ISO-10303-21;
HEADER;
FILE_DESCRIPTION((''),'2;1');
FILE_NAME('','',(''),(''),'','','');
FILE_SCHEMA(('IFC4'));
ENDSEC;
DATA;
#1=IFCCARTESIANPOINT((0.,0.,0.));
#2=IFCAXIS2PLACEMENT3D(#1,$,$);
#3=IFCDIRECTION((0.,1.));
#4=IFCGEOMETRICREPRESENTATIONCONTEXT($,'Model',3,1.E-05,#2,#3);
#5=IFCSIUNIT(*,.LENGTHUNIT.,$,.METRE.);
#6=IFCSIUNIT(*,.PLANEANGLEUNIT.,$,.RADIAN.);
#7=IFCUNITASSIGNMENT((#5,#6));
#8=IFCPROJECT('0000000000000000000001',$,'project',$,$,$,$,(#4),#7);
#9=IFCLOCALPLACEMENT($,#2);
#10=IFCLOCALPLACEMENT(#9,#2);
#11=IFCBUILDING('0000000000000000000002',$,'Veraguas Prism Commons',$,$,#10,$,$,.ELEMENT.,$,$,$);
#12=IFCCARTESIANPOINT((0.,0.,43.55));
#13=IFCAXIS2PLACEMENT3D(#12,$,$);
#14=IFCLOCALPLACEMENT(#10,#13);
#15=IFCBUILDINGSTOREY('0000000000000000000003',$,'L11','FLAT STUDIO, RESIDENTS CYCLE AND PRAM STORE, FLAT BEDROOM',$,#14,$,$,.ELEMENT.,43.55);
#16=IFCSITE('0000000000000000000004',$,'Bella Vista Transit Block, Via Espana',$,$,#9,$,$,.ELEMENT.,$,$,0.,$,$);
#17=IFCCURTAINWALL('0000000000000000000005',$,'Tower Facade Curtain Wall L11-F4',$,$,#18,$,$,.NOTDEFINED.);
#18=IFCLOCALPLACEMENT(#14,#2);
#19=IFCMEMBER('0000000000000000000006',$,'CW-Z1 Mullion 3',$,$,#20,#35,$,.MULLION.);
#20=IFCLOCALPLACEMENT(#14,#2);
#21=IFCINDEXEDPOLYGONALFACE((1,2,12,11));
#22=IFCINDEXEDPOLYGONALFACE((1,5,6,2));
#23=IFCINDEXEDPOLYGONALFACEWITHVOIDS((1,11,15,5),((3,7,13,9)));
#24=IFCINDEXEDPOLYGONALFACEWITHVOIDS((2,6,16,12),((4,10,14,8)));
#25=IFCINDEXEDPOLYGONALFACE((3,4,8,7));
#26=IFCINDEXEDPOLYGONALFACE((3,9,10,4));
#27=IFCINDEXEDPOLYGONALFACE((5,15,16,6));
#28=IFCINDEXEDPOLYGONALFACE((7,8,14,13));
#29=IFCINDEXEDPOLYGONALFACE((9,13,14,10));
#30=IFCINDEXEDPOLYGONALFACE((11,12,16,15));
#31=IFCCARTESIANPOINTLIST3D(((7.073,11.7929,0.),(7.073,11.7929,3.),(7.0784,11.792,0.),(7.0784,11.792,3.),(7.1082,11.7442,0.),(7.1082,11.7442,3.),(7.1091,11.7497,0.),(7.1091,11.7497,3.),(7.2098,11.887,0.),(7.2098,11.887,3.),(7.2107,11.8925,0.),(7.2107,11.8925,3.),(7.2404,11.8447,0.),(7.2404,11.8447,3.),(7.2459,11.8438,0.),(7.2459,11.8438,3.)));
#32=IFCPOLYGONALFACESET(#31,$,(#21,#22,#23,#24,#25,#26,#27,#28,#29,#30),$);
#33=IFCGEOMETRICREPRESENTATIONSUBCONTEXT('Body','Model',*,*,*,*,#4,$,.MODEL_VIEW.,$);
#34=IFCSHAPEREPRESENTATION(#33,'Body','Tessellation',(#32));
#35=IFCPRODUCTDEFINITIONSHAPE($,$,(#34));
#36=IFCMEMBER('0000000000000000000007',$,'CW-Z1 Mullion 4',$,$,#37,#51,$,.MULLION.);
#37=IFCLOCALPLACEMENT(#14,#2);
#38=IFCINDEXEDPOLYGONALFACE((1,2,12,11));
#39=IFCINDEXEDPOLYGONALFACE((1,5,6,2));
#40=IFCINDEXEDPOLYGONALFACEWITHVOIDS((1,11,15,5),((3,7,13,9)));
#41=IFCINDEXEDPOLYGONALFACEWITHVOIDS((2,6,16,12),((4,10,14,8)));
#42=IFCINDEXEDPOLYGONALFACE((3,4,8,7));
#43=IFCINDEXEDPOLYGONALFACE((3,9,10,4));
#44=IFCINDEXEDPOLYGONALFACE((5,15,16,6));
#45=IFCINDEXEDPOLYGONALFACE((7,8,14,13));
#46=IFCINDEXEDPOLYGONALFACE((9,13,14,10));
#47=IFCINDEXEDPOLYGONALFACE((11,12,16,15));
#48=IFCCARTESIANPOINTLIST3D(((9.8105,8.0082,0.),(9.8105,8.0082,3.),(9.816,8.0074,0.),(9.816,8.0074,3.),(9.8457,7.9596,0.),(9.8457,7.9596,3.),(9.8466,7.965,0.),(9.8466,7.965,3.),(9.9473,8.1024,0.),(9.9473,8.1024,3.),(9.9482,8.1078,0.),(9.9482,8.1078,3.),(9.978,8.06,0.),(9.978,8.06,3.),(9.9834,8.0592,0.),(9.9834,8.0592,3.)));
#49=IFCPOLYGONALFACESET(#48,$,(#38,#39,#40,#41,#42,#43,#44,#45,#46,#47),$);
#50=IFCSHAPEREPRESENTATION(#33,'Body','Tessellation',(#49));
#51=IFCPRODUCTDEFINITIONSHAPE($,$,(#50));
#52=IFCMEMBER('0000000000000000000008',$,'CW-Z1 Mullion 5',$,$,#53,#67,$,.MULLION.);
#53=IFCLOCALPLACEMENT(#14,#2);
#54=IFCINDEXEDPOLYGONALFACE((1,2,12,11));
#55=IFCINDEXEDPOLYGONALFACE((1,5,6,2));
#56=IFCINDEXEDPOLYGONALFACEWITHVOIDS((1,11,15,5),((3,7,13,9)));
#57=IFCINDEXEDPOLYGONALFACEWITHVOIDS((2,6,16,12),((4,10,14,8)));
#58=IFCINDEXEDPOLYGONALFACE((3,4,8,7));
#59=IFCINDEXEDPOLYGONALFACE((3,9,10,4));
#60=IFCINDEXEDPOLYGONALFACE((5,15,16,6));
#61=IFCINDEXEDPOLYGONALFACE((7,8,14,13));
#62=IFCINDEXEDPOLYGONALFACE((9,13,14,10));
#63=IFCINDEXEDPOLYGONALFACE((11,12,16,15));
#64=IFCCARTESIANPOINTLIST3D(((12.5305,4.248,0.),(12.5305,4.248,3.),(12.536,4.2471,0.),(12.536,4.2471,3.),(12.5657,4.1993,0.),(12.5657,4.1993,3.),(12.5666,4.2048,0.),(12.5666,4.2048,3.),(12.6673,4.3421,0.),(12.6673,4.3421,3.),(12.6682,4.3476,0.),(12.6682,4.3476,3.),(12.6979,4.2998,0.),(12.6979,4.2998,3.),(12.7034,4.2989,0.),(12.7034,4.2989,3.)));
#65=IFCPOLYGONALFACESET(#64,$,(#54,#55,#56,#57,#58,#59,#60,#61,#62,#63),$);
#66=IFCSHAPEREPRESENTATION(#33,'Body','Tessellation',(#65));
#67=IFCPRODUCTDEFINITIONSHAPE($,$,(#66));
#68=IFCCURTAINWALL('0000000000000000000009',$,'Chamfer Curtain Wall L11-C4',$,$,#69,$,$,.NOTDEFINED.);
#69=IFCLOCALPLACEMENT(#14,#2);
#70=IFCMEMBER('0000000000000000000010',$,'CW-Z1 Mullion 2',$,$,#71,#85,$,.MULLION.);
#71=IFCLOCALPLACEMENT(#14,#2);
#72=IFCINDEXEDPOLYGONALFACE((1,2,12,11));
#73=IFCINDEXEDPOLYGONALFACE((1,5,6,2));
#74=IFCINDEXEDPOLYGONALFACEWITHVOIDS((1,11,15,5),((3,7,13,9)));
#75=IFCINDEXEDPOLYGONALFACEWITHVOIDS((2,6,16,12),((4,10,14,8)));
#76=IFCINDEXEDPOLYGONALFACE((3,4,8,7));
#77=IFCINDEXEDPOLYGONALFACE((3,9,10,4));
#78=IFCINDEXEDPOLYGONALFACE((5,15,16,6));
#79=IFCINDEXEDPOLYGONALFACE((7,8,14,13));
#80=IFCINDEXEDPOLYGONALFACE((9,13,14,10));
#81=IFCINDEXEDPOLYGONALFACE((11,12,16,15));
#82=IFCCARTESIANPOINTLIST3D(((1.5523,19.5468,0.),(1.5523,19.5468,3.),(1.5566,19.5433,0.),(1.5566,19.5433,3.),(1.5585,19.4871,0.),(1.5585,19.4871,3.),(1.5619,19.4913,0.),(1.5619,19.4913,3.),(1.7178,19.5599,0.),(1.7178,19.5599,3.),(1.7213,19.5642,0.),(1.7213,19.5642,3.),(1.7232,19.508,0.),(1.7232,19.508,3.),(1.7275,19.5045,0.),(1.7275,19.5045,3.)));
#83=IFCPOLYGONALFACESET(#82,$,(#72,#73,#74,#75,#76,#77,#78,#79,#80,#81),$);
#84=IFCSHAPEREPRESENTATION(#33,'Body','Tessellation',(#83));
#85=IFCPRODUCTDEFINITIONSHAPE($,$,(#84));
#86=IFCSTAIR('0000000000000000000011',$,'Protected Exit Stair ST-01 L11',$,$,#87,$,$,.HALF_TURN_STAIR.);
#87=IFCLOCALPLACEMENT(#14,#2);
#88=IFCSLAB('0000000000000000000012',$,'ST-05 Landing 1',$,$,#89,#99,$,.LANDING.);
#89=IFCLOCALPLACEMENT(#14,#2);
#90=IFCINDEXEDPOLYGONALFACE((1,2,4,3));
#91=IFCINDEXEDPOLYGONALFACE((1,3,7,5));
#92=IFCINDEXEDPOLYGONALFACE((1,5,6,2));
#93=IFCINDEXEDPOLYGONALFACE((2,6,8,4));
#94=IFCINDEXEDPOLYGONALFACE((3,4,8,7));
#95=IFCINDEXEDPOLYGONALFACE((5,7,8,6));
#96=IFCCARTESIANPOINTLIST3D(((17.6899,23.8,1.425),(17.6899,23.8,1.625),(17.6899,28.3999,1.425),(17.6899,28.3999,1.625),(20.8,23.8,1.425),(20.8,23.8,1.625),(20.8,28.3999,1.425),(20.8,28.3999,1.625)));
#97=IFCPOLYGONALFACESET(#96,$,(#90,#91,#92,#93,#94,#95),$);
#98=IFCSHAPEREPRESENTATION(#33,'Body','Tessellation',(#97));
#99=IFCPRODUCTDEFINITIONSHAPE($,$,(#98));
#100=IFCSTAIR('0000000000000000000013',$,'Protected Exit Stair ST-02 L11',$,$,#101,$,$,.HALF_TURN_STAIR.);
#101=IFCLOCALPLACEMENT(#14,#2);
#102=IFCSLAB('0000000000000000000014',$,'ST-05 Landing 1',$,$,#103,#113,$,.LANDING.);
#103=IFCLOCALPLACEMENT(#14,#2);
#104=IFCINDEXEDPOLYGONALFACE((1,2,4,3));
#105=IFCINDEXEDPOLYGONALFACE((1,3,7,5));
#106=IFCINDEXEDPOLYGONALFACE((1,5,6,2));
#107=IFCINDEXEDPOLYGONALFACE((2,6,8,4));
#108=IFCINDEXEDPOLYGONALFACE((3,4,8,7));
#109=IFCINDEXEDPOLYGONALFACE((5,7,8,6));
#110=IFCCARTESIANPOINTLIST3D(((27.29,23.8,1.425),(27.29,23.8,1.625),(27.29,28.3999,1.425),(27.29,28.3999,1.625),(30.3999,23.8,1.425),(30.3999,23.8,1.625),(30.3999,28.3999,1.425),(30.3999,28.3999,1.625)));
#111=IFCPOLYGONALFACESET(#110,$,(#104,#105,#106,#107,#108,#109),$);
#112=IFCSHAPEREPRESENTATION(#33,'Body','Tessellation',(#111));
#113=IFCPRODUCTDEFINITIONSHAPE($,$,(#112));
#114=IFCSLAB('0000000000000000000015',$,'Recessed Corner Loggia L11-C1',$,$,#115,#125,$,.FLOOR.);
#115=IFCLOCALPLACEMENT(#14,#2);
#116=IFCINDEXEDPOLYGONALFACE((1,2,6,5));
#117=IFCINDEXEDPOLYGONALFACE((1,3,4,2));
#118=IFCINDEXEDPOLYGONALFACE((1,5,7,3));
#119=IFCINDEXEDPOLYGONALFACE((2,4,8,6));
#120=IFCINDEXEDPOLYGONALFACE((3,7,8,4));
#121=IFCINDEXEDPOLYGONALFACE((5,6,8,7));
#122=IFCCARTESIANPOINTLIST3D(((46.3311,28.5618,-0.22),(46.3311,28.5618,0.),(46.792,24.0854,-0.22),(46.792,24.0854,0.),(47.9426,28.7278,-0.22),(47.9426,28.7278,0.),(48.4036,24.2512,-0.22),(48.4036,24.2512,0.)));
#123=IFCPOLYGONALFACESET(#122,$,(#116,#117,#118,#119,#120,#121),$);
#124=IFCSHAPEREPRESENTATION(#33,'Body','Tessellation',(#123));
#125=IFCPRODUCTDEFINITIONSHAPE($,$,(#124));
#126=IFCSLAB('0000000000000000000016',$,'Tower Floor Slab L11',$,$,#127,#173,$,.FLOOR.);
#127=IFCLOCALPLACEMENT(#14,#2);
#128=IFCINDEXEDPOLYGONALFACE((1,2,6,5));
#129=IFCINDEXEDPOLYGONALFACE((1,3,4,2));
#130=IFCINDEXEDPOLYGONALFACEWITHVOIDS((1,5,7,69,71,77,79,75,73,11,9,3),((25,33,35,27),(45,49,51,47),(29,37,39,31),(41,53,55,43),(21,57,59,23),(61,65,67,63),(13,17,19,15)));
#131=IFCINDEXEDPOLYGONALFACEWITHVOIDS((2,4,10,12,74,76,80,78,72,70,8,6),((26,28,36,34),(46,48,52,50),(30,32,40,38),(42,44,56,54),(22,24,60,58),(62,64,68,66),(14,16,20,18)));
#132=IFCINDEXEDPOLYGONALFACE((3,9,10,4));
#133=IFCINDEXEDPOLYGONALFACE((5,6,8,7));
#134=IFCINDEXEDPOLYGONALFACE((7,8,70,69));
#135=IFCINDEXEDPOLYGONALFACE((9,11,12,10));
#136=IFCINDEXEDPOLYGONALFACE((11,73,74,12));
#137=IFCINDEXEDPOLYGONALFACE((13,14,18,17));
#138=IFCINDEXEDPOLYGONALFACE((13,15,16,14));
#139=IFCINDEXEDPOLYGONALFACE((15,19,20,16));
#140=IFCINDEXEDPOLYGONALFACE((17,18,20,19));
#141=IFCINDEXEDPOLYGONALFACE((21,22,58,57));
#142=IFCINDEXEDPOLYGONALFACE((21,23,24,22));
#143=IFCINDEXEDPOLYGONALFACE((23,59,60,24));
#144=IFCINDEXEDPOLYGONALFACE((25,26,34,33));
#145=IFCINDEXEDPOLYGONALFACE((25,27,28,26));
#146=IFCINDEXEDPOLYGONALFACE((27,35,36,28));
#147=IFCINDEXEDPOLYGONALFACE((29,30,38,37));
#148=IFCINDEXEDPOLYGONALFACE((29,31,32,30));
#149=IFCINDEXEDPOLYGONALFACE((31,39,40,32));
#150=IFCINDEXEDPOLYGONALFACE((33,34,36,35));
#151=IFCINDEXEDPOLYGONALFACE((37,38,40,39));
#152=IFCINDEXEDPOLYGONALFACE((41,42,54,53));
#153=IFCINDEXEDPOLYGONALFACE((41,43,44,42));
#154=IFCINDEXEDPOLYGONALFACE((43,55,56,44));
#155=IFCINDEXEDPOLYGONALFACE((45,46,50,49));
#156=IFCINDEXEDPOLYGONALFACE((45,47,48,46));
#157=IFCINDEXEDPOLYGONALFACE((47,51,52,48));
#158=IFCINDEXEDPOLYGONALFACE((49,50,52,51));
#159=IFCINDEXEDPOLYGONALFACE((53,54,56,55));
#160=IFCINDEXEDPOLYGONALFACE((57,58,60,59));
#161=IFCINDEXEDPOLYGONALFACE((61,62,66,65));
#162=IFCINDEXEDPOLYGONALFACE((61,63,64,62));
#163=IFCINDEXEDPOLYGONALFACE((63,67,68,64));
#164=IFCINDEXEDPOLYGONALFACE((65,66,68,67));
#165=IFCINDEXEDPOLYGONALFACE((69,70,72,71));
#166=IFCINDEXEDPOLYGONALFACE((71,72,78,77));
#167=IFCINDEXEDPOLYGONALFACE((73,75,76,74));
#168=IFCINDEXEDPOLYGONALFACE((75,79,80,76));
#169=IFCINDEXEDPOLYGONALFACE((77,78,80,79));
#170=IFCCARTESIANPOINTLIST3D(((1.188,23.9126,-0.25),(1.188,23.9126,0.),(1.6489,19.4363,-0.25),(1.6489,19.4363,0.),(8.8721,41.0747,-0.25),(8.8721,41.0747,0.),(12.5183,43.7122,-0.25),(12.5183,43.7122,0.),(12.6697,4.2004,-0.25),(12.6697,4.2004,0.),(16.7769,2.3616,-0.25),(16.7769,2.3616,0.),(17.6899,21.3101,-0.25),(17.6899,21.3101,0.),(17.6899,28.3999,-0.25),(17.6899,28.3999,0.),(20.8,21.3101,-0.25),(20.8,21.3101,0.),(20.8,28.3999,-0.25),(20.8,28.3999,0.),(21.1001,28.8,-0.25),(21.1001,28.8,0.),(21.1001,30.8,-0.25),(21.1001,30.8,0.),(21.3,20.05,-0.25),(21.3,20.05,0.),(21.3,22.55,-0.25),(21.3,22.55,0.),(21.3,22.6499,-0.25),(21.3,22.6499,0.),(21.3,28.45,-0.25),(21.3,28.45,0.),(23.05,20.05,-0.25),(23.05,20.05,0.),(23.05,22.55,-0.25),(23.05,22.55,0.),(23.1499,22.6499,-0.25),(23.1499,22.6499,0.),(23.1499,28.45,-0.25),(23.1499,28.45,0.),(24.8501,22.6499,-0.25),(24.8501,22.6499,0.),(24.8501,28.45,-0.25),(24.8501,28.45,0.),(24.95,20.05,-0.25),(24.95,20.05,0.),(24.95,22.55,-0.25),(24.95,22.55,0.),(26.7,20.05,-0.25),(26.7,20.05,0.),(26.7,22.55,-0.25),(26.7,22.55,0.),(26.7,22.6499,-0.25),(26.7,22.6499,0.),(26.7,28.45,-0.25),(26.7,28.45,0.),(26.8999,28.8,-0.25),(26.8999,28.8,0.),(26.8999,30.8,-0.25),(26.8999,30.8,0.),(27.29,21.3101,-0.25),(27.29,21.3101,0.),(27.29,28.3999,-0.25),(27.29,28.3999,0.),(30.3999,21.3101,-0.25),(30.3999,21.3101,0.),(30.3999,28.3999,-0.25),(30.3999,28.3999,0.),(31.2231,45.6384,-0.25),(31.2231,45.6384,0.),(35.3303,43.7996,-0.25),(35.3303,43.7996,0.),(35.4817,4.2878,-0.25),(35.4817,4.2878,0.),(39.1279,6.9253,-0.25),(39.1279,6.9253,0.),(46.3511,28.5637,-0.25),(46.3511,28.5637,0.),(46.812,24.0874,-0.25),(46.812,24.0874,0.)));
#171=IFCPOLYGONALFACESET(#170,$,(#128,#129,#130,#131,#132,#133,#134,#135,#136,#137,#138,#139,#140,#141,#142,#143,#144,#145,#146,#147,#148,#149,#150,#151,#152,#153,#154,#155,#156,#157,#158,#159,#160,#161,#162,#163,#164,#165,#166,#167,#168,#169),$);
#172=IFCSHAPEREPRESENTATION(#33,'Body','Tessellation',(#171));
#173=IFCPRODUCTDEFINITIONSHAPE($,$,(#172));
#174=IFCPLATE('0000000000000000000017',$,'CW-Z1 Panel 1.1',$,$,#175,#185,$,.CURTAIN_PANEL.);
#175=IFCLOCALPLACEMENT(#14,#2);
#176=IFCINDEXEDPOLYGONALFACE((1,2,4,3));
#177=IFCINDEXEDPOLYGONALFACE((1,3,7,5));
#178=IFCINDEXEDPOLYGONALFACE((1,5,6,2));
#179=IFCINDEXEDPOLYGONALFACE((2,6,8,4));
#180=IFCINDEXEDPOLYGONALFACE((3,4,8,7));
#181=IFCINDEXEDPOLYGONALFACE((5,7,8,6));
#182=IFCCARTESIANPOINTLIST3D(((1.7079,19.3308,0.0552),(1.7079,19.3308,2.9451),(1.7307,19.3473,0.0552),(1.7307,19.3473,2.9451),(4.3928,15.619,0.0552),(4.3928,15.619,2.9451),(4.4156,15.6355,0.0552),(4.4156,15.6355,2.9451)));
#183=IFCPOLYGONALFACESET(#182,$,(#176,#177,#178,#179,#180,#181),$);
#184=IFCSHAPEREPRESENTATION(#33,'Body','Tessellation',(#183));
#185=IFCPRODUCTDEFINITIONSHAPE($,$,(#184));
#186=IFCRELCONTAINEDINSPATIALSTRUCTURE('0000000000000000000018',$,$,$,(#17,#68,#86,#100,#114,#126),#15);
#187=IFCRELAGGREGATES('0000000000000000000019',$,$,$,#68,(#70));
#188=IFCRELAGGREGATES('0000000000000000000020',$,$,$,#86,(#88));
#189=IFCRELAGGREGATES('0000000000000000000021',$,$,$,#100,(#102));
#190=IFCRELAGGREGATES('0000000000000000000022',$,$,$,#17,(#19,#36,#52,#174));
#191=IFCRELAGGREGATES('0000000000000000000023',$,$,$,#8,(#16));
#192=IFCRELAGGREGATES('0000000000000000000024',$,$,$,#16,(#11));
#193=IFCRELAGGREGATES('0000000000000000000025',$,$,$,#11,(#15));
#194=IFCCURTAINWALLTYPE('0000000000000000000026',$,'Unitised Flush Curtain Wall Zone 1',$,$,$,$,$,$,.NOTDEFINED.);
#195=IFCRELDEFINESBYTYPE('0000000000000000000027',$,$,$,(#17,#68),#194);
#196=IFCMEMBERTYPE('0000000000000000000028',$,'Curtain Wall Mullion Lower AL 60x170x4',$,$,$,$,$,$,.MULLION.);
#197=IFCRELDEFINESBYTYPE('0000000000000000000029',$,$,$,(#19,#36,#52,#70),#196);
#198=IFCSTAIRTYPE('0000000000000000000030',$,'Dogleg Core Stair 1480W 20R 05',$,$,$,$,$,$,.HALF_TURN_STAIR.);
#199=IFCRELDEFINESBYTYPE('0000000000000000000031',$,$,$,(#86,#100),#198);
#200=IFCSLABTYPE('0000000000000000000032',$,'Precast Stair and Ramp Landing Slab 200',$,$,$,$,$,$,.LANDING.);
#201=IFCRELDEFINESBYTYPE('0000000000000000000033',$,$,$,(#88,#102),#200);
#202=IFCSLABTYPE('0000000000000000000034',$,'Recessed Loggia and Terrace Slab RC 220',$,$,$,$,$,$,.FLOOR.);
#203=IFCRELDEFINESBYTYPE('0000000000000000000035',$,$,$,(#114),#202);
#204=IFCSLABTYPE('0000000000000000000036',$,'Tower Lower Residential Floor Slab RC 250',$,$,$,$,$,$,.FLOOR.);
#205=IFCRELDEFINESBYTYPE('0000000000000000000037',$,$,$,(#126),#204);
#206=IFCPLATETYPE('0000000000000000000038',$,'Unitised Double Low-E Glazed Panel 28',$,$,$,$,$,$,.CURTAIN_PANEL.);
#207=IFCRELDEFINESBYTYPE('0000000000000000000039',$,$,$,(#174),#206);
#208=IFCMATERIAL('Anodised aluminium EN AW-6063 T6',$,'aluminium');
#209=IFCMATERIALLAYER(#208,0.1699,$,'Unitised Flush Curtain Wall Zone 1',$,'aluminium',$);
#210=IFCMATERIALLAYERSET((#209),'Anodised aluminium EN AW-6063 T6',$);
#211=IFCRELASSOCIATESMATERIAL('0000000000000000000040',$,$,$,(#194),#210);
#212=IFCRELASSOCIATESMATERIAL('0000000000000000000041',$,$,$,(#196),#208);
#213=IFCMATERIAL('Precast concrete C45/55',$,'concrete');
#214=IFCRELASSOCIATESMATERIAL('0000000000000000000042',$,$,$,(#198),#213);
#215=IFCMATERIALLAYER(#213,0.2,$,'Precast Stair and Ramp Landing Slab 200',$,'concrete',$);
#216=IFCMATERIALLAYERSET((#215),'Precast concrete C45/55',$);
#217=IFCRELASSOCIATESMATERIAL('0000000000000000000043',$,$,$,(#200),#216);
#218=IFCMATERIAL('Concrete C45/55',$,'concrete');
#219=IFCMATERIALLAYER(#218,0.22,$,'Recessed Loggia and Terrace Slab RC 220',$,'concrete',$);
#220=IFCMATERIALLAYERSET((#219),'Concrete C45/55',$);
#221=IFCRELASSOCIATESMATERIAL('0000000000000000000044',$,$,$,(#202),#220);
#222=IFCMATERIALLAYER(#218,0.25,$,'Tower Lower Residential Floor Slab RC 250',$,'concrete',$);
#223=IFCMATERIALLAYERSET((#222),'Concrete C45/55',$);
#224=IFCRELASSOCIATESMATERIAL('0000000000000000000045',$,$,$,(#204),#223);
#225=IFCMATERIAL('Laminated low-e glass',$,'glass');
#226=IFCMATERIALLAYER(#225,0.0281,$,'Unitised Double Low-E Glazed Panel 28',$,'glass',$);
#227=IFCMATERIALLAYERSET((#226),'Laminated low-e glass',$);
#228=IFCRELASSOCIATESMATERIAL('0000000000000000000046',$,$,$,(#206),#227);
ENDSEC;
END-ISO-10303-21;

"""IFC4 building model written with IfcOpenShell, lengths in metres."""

from ifc_helpers import new_model, si_unit, direction, frame, origin, origin_2d, place, context, subcontext, project, spatial, polyline, rectangle, hollow_rectangle, outline, extrude, source, transform, mapped, material, layer, layer_set, material_profile, profile_set, type_object, element, aggregate, save


model = new_model("IFC4")

# Units and contexts
model_context = context("Model", 3, precision=1e-05, world=origin(), true_north=direction((0.0, 1.0)))
body_context = subcontext(model_context, "Body", "Model", "MODEL_VIEW")
ifc_project = project(units=[si_unit("LENGTHUNIT", "METRE"), si_unit("PLANEANGLEUNIT", "RADIAN")], contexts=[model_context])

# Site, building, storey
site_placement = place(None, origin())
site = spatial("IfcSite", under=ifc_project, at=site_placement, Name="Bella Vista Transit Block, Via Espana", CompositionType="ELEMENT", RefElevation=0.0)
building_placement = place(site_placement, origin())
building = spatial("IfcBuilding", under=site, at=building_placement, Name="Veraguas Prism Commons", CompositionType="ELEMENT")
storey_placement = place(building_placement, frame((0.0, 0.0, 43.55)))
storey = spatial("IfcBuildingStorey", under=building, at=storey_placement, Name="L11", Description="FLAT STUDIO, RESIDENTS CYCLE AND PRAM STORE, FLAT BEDROOM", CompositionType="ELEMENT", Elevation=43.55)

# Curtain wall, members
ifc_material_1 = material(Name="Anodised aluminium EN AW-6063 T6", Category="aluminium")
ifc_layer_1 = layer(ifc_material_1, 0.1699, Name="Unitised Flush Curtain Wall Zone 1", Category="aluminium")
ifc_layer_set_1 = layer_set([ifc_layer_1], Name="Anodised aluminium EN AW-6063 T6")
curtain_wall_type = type_object("IfcCurtainWallType", Name="Unitised Flush Curtain Wall Zone 1", PredefinedType="NOTDEFINED", material=ifc_layer_set_1)
curtain_wall_1_placement = place(storey_placement, origin())
curtain_wall_1 = element("IfcCurtainWall", 1, at=curtain_wall_1_placement, inside=storey, type_object=curtain_wall_type, Name="Tower Facade Curtain Wall L11-F4", PredefinedType="NOTDEFINED")
ifc_material_profile_1 = material_profile(ifc_material_1, hollow_rectangle(XDim=0.0601, YDim=0.1699, WallThickness=0.0039, at=origin_2d()), Name="AL60X170X4")
ifc_profile_set_1 = profile_set([ifc_material_profile_1], Name="Anodised aluminium EN AW-6063 T6")
member_type_1 = type_object("IfcMemberType", Name="Curtain Wall Mullion Lower AL 60x170x4", PredefinedType="MULLION", material=ifc_profile_set_1)
shared_shape_1 = source(origin(), body_context, "Body", "SweptSolid", [
    extrude(hollow_rectangle(XDim=0.0601, YDim=0.1699, WallThickness=0.0039, at=origin_2d()), origin(), (0.0, 0.0, 1.0), 3.0),
])
member_1_placement = place(storey_placement, frame((7.1594, 11.8184, 0.0), z_axis=(0.0, 0.0, 1.0), x_axis=(0.586087, -0.810248, 0.0)))
member_1 = element("IfcMember", 2, at=member_1_placement, type_object=member_type_1, Name="CW-Z1 Mullion 3", PredefinedType="MULLION", context=body_context, shape_type="MappedRepresentation", body=[
    mapped(shared_shape_1, transform((0.0, 0.0, 0.0), scale=1.0)),
])
member_2_placement = place(storey_placement, frame((9.897, 8.0337, 0.0), z_axis=(0.0, 0.0, 1.0), x_axis=(0.586087, -0.810248, 0.0)))
member_2 = element("IfcMember", 3, at=member_2_placement, type_object=member_type_1, Name="CW-Z1 Mullion 4", PredefinedType="MULLION", context=body_context, shape_type="MappedRepresentation", body=[
    mapped(shared_shape_1, transform((0.0, 0.0, 0.0), scale=1.0)),
])
member_3_placement = place(storey_placement, frame((12.6169, 4.2734, 0.0), z_axis=(0.0, 0.0, 1.0), x_axis=(0.586087, -0.810248, 0.0)))
member_3 = element("IfcMember", 4, at=member_3_placement, type_object=member_type_1, Name="CW-Z1 Mullion 5", PredefinedType="MULLION", context=body_context, shape_type="MappedRepresentation", body=[
    mapped(shared_shape_1, transform((0.0, 0.0, 0.0), scale=1.0)),
])

# Curtain wall, member
curtain_wall_2_placement = place(storey_placement, origin())
curtain_wall_2 = element("IfcCurtainWall", 5, at=curtain_wall_2_placement, inside=storey, type_object=curtain_wall_type, Name="Chamfer Curtain Wall L11-C4", PredefinedType="NOTDEFINED")
member_4_placement = place(storey_placement, frame((1.6399, 19.5256, 0.0), z_axis=(0.0, 0.0, 1.0), x_axis=(0.102464, -0.994737, 0.0)))
member_4 = element("IfcMember", 6, at=member_4_placement, type_object=member_type_1, Name="CW-Z1 Mullion 2", PredefinedType="MULLION", context=body_context, shape_type="MappedRepresentation", body=[
    mapped(shared_shape_1, transform((0.0, 0.0, 0.0), scale=1.0)),
])
aggregate(curtain_wall_2, [member_4])

# Stairs, slabs
ifc_material_2 = material(Name="Precast concrete C45/55", Category="concrete")
stair_type = type_object("IfcStairType", Name="Dogleg Core Stair 1480W 20R 05", PredefinedType="HALF_TURN_STAIR", material=ifc_material_2)
stair_1_placement = place(storey_placement, origin())
stair_1 = element("IfcStair", 7, at=stair_1_placement, inside=storey, type_object=stair_type, Name="Protected Exit Stair ST-01 L11", PredefinedType="HALF_TURN_STAIR")
ifc_layer_2 = layer(ifc_material_2, 0.2, Name="Precast Stair and Ramp Landing Slab 200", Category="concrete")
ifc_layer_set_2 = layer_set([ifc_layer_2], Name="Precast concrete C45/55")
slab_type_1 = type_object("IfcSlabType", Name="Precast Stair and Ramp Landing Slab 200", PredefinedType="LANDING", material=ifc_layer_set_2)
slab_1_placement = place(storey_placement, frame((0.0, 0.0, 1.425)))
slab_1 = element("IfcSlab", 8, at=slab_1_placement, type_object=slab_type_1, Name="ST-05 Landing 1", PredefinedType="LANDING", context=body_context, shape_type="SweptSolid", body=[
    extrude(outline(polyline([(20.8, 23.8), (20.8, 28.3999), (17.6899, 28.3999), (17.6899, 23.8), (20.8, 23.8)])), origin(), (0.0, 0.0, 1.0), 0.2),
])
aggregate(stair_1, [slab_1])
stair_2_placement = place(storey_placement, origin())
stair_2 = element("IfcStair", 9, at=stair_2_placement, inside=storey, type_object=stair_type, Name="Protected Exit Stair ST-02 L11", PredefinedType="HALF_TURN_STAIR")
slab_2_placement = place(storey_placement, frame((0.0, 0.0, 1.425)))
slab_2 = element("IfcSlab", 10, at=slab_2_placement, type_object=slab_type_1, Name="ST-05 Landing 1", PredefinedType="LANDING", context=body_context, shape_type="SweptSolid", body=[
    extrude(outline(polyline([(30.3999, 23.8), (30.3999, 28.3999), (27.29, 28.3999), (27.29, 23.8), (30.3999, 23.8)])), origin(), (0.0, 0.0, 1.0), 0.2),
])
aggregate(stair_2, [slab_2])

# Slabs
ifc_material_3 = material(Name="Concrete C45/55", Category="concrete")
ifc_layer_3 = layer(ifc_material_3, 0.22, Name="Recessed Loggia and Terrace Slab RC 220", Category="concrete")
ifc_layer_set_3 = layer_set([ifc_layer_3], Name="Concrete C45/55")
slab_type_2 = type_object("IfcSlabType", Name="Recessed Loggia and Terrace Slab RC 220", PredefinedType="FLOOR", material=ifc_layer_set_3)
slab_3_placement = place(storey_placement, frame((0.0, 0.0, -0.22)))
element("IfcSlab", 11, at=slab_3_placement, inside=storey, type_object=slab_type_2, Name="Recessed Corner Loggia L11-C1", PredefinedType="FLOOR", context=body_context, shape_type="SweptSolid", body=[
    extrude(outline(polyline([(46.792, 24.0854), (48.4036, 24.2512), (47.9426, 28.7278), (46.3311, 28.5618), (46.792, 24.0854)])), origin(), (0.0, 0.0, 1.0), 0.22),
])
ifc_layer_4 = layer(ifc_material_3, 0.25, Name="Tower Lower Residential Floor Slab RC 250", Category="concrete")
ifc_layer_set_4 = layer_set([ifc_layer_4], Name="Concrete C45/55")
slab_type_3 = type_object("IfcSlabType", Name="Tower Lower Residential Floor Slab RC 250", PredefinedType="FLOOR", material=ifc_layer_set_4)
slab_4_placement = place(storey_placement, frame((0.0, 0.0, -0.25)))
element("IfcSlab", 12, at=slab_4_placement, inside=storey, type_object=slab_type_3, Name="Tower Floor Slab L11", PredefinedType="FLOOR", context=body_context, shape_type="SweptSolid", body=[
    extrude(outline(polyline([(46.812, 24.0874), (46.3511, 28.5637), (35.3303, 43.7996), (31.2231, 45.6384), (12.5183, 43.7122), (8.8721, 41.0747), (1.188, 23.9126), (1.6489, 19.4363), (12.6697, 4.2004), (16.7769, 2.3616), (35.4817, 4.2878), (39.1279, 6.9253), (46.812, 24.0874)]), holes=[polyline([(20.8, 21.3101), (20.8, 28.3999), (17.6899, 28.3999), (17.6899, 21.3101), (20.8, 21.3101)]), polyline([(30.3999, 21.3101), (30.3999, 28.3999), (27.29, 28.3999), (27.29, 21.3101), (30.3999, 21.3101)]), polyline([(21.3, 22.6499), (23.1499, 22.6499), (23.1499, 28.45), (21.3, 28.45), (21.3, 22.6499)]), polyline([(24.8501, 22.6499), (26.7, 22.6499), (26.7, 28.45), (24.8501, 28.45), (24.8501, 22.6499)]), polyline([(21.1001, 28.8), (26.8999, 28.8), (26.8999, 30.8), (21.1001, 30.8), (21.1001, 28.8)]), polyline([(21.3, 20.05), (23.05, 20.05), (23.05, 22.55), (21.3, 22.55), (21.3, 20.05)]), polyline([(24.95, 20.05), (26.7, 20.05), (26.7, 22.55), (24.95, 22.55), (24.95, 20.05)])]), origin(), (0.0, 0.0, 1.0), 0.25),
])

# Plate
ifc_material_4 = material(Name="Laminated low-e glass", Category="glass")
ifc_layer_5 = layer(ifc_material_4, 0.0281, Name="Unitised Double Low-E Glazed Panel 28", Category="glass")
ifc_layer_set_5 = layer_set([ifc_layer_5], Name="Laminated low-e glass")
plate_type = type_object("IfcPlateType", Name="Unitised Double Low-E Glazed Panel 28", PredefinedType="CURTAIN_PANEL", material=ifc_layer_set_5)
shared_shape_2 = source(origin(), body_context, "Body", "SweptSolid", [
    extrude(rectangle(XDim=4.5811, YDim=0.0281, at=origin_2d()), origin(), (0.0, 0.0, 1.0), 2.8899),
])
plate_1_placement = place(storey_placement, frame((3.0618, 17.4832, 0.0552), z_axis=(0.0, 0.0, 1.0), x_axis=(0.586087, -0.810248, 0.0)))
plate_1 = element("IfcPlate", 13, at=plate_1_placement, type_object=plate_type, Name="CW-Z1 Panel 1.1", PredefinedType="CURTAIN_PANEL", context=body_context, shape_type="MappedRepresentation", body=[
    mapped(shared_shape_2, transform((0.0, 0.0, 0.0), scale=1.0)),
])
aggregate(curtain_wall_1, [member_1, member_2, member_3, plate_1])

save(model, "model.ifc")
